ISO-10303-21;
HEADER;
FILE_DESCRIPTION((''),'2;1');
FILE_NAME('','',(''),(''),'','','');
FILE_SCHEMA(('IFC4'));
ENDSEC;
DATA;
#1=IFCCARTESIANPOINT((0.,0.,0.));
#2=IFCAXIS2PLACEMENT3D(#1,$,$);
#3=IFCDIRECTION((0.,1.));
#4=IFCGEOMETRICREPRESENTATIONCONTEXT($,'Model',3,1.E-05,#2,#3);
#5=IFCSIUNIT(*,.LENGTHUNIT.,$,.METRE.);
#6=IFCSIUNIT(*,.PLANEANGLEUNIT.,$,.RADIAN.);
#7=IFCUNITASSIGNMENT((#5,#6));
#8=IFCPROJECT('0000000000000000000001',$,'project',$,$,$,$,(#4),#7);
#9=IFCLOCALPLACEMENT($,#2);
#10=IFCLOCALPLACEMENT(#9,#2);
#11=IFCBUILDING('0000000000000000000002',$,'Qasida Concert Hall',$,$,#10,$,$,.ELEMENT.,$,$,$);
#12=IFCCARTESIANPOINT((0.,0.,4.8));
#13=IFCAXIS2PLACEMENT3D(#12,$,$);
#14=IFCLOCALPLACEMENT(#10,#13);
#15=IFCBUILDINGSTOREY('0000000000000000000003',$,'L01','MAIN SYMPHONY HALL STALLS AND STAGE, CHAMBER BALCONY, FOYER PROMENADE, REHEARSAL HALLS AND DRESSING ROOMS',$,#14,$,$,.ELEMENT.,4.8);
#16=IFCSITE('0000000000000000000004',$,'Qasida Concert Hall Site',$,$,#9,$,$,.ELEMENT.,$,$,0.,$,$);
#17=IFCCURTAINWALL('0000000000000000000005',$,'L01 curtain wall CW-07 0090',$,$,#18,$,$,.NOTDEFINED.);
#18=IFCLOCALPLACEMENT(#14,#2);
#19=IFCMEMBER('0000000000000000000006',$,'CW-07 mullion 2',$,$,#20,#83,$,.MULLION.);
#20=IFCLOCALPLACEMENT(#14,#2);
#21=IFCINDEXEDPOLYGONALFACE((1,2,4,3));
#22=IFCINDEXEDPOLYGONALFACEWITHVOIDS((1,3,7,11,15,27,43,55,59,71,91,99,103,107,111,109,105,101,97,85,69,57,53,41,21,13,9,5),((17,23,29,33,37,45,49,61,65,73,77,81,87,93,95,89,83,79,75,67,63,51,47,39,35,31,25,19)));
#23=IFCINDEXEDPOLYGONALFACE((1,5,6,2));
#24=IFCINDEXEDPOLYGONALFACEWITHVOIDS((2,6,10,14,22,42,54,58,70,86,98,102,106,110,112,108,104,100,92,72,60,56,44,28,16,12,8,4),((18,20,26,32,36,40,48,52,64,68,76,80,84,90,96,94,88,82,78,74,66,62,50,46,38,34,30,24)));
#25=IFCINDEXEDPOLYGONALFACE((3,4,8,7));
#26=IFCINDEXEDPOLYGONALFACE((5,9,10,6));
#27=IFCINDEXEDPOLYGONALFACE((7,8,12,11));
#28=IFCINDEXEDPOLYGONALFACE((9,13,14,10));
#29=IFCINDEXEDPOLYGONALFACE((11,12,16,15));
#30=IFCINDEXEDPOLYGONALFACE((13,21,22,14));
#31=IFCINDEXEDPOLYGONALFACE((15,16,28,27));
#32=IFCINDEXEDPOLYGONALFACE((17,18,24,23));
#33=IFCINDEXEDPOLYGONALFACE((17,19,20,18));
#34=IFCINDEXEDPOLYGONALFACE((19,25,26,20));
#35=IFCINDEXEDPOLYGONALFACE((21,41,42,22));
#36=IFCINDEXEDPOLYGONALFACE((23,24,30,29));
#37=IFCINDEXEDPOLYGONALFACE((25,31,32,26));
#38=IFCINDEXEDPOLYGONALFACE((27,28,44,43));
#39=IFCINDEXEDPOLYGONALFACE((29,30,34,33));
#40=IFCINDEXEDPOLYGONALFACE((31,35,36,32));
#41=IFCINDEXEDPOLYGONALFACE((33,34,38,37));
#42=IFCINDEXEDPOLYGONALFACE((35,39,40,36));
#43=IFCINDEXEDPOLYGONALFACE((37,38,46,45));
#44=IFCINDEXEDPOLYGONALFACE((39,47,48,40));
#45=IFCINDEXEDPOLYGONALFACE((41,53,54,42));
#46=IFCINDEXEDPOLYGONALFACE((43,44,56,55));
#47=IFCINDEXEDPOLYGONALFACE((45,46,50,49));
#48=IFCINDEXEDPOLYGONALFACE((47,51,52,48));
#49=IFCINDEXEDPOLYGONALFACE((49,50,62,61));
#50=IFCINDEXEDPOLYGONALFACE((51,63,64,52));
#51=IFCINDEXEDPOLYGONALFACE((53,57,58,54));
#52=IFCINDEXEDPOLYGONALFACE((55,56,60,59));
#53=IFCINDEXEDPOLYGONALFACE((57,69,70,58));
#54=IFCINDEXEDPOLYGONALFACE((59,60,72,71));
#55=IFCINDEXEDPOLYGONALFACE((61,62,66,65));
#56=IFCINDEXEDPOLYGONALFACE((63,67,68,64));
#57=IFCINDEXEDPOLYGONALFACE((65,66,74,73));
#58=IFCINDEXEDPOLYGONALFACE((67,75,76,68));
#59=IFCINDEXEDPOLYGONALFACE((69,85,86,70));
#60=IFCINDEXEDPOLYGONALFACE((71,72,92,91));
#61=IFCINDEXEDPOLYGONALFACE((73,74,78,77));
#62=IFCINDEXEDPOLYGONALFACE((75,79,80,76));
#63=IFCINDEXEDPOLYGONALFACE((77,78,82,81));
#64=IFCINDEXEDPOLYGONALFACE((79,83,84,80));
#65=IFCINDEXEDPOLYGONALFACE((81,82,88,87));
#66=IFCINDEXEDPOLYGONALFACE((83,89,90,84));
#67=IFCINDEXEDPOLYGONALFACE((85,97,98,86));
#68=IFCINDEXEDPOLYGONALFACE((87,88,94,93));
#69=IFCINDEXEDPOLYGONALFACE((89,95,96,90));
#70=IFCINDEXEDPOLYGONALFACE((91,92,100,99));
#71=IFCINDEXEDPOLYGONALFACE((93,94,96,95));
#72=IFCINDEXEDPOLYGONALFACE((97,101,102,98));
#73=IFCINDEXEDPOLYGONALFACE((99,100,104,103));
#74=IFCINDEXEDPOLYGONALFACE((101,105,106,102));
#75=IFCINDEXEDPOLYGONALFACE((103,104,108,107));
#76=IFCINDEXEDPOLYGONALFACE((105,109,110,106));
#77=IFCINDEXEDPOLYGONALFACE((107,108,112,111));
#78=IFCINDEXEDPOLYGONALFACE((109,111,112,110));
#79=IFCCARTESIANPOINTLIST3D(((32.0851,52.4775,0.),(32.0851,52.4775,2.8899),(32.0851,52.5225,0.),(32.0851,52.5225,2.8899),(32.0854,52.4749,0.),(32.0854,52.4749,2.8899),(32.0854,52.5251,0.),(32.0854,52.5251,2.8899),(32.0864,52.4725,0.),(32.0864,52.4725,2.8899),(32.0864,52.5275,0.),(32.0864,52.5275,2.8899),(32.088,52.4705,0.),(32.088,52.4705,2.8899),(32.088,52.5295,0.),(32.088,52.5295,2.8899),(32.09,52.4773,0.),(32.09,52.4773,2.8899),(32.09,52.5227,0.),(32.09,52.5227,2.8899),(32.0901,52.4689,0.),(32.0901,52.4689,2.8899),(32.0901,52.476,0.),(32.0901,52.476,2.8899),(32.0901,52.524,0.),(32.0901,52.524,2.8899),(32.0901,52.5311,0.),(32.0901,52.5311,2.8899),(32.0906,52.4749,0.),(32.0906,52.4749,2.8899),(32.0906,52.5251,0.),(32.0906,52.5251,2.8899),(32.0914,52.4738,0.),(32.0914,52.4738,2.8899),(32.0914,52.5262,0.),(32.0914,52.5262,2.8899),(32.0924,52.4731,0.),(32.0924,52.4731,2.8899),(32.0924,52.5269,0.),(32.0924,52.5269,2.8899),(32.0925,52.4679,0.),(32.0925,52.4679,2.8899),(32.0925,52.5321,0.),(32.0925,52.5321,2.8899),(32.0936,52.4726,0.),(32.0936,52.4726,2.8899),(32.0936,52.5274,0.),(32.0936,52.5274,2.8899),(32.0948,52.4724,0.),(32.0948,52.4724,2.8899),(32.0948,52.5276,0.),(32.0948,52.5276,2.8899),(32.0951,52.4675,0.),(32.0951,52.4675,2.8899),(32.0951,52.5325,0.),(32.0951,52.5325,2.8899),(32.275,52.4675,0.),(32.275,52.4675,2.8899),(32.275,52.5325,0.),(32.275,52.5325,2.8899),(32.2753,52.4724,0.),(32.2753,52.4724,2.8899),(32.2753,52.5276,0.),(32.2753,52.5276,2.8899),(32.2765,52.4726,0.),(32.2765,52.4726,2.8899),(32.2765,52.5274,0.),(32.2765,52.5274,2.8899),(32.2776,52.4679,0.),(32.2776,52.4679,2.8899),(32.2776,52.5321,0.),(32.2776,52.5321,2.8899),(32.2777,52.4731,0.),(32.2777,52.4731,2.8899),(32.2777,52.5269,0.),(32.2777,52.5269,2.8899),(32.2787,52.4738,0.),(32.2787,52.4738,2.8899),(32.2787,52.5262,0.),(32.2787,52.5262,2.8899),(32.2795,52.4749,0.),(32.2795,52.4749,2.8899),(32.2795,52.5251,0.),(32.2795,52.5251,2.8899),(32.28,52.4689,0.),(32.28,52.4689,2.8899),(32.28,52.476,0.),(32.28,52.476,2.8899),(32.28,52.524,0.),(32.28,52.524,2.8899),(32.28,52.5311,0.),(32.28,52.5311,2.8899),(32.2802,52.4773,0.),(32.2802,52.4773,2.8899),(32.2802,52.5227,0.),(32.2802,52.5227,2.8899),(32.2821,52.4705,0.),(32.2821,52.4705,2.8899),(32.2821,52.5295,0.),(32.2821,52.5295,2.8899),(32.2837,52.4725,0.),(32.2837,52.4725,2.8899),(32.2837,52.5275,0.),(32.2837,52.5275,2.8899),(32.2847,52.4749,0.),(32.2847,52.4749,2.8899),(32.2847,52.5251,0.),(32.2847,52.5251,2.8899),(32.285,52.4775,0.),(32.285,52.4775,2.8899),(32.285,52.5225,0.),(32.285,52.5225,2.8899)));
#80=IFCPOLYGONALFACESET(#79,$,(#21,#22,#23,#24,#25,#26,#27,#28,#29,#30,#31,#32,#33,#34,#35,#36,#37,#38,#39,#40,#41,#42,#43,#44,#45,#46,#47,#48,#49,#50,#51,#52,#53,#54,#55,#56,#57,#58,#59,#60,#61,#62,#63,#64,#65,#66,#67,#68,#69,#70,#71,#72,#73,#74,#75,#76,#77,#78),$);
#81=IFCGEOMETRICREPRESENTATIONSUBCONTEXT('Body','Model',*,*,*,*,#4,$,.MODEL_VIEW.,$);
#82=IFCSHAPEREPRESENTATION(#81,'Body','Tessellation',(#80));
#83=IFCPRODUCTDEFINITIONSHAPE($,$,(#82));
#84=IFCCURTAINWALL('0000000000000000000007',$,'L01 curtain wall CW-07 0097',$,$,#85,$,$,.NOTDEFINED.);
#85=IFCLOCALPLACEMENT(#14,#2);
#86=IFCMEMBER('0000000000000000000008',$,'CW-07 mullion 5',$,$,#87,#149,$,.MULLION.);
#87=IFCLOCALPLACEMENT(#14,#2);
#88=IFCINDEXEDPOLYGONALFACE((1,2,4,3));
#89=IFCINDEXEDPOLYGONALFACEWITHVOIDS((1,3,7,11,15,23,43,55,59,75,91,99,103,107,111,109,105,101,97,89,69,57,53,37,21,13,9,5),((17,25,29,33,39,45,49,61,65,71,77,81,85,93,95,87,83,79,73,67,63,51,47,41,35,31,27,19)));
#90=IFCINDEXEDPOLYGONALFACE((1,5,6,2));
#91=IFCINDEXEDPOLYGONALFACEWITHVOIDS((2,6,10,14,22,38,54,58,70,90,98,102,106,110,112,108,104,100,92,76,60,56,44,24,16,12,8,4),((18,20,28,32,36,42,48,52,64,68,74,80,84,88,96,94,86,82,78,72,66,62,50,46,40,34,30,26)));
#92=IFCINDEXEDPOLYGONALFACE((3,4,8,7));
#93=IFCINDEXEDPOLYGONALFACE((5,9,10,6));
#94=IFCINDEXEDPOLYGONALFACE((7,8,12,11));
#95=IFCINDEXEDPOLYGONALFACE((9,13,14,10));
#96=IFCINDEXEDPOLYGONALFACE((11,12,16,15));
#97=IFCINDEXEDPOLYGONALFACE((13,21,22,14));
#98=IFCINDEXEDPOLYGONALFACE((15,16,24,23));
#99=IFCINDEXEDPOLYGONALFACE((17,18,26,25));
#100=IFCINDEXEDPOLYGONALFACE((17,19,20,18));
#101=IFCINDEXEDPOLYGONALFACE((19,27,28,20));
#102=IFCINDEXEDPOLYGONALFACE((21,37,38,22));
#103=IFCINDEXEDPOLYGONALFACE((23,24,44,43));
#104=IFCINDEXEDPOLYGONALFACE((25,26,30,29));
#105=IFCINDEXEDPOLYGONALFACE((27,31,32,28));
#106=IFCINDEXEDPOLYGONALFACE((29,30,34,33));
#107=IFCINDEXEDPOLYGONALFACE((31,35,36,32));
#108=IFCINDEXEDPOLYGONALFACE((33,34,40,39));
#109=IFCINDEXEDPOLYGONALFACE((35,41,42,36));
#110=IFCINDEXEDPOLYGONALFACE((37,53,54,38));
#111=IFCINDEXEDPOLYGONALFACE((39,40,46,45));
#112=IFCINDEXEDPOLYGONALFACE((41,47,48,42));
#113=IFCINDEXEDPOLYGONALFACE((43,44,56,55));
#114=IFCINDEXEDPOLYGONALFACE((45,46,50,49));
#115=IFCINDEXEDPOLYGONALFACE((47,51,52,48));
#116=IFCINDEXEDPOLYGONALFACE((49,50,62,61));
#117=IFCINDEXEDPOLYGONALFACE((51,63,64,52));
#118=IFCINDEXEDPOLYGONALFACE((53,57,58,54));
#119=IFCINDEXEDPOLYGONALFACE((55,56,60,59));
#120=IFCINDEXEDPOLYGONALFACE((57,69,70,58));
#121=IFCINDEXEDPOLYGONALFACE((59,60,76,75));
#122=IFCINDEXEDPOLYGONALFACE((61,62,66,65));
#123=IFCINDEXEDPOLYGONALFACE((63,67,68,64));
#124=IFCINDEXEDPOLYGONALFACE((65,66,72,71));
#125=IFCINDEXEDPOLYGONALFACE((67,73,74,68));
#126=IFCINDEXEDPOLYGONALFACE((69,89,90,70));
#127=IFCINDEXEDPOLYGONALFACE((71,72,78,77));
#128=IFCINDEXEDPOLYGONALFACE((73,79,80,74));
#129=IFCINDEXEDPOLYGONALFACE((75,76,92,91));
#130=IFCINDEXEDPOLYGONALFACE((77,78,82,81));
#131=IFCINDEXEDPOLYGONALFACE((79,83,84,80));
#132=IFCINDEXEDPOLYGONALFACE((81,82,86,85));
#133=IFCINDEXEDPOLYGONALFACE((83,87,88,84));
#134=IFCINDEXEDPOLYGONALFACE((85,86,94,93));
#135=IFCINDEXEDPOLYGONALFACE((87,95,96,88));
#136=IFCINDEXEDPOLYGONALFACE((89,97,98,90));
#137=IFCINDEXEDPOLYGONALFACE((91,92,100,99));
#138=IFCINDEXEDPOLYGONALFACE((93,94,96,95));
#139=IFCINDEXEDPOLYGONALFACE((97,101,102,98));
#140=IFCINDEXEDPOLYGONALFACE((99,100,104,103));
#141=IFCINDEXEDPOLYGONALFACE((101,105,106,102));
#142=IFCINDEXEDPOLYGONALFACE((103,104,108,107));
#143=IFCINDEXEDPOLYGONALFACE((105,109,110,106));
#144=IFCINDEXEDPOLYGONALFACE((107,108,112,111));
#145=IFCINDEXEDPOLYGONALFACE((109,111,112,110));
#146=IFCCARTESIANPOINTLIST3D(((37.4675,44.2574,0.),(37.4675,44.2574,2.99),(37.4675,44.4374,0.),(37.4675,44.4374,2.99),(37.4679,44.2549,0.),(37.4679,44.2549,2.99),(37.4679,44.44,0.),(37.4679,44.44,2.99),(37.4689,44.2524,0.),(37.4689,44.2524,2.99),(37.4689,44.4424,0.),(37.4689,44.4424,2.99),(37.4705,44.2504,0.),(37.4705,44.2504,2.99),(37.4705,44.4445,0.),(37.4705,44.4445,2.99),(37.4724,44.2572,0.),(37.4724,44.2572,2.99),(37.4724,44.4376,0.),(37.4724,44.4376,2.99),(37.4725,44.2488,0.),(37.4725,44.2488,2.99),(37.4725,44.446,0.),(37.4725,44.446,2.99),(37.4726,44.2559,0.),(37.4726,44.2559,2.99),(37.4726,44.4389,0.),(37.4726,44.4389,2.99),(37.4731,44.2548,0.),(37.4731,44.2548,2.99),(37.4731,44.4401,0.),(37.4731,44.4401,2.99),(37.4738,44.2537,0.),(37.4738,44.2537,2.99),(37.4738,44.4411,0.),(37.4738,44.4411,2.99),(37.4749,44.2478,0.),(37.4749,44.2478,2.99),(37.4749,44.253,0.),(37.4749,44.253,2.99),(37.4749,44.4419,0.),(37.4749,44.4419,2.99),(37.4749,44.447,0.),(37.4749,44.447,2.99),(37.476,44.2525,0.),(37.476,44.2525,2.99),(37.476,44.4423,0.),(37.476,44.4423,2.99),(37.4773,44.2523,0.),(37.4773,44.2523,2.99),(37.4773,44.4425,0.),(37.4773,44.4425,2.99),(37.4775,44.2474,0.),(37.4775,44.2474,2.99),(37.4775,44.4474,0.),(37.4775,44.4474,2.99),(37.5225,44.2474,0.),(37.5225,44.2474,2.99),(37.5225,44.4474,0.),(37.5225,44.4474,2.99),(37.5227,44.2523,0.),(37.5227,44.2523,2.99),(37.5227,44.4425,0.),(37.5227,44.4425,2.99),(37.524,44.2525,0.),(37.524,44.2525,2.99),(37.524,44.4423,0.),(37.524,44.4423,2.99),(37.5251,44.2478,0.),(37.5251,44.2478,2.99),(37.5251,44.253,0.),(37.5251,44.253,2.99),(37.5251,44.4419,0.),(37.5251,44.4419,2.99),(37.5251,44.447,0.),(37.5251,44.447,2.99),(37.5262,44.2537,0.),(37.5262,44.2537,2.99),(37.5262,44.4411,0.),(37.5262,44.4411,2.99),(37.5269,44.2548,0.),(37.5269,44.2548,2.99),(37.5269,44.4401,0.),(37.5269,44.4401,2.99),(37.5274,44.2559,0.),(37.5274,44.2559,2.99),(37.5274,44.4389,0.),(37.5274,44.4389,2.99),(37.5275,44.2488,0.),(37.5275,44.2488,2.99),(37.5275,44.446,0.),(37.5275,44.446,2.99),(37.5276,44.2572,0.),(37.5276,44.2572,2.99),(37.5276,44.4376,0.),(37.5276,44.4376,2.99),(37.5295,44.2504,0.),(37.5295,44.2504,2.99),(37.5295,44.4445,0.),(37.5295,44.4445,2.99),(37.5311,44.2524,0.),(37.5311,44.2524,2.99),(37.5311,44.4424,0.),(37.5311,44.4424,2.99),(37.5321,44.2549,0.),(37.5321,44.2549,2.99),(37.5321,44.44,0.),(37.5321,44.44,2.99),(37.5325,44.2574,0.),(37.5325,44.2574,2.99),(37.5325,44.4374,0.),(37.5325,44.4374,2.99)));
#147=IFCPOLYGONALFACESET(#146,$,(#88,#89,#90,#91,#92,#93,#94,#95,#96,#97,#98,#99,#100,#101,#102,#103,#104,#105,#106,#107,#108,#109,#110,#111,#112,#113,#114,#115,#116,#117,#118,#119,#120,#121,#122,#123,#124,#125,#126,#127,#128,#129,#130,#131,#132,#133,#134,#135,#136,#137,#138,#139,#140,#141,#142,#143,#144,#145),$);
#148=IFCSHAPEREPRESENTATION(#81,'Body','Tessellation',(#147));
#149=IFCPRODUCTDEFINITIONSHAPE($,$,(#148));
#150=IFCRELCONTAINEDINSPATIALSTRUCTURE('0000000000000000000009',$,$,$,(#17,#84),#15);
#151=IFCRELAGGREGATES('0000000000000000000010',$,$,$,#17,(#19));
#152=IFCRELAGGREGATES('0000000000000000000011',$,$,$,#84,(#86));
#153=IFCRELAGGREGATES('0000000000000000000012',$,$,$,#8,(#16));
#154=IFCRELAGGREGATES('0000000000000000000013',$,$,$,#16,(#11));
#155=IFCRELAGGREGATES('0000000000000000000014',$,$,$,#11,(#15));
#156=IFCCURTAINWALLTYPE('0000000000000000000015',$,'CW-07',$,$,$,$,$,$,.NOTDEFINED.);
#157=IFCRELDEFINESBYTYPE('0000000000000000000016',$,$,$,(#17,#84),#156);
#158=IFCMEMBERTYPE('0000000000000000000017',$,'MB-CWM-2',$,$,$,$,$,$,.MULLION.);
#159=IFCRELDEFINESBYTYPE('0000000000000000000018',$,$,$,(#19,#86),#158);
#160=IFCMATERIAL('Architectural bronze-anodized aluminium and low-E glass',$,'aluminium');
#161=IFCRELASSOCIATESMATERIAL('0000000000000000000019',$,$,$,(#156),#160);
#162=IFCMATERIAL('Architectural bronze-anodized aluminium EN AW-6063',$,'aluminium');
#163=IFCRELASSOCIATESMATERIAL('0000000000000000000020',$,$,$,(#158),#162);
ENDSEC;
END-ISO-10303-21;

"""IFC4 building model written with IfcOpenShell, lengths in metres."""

from ifc_helpers import new_model, si_unit, direction, frame, origin, origin_2d, place, context, subcontext, project, spatial, hollow_rectangle, extrude, material, material_profile, profile_set, type_object, element, aggregate, save


model = new_model("IFC4")

# Units and contexts
model_context = context("Model", 3, precision=1e-05, world=origin(), true_north=direction((0.0, 1.0)))
body_context = subcontext(model_context, "Body", "Model", "MODEL_VIEW")
ifc_project = project(units=[si_unit("LENGTHUNIT", "METRE"), si_unit("PLANEANGLEUNIT", "RADIAN")], contexts=[model_context])

# Site, building, storey
site_placement = place(None, origin())
site = spatial("IfcSite", under=ifc_project, at=site_placement, Name="Qasida Concert Hall Site", CompositionType="ELEMENT", RefElevation=0.0)
building_placement = place(site_placement, origin())
building = spatial("IfcBuilding", under=site, at=building_placement, Name="Qasida Concert Hall", CompositionType="ELEMENT")
storey_placement = place(building_placement, frame((0.0, 0.0, 4.8)))
storey = spatial("IfcBuildingStorey", under=building, at=storey_placement, Name="L01", Description="MAIN SYMPHONY HALL STALLS AND STAGE, CHAMBER BALCONY, FOYER PROMENADE, REHEARSAL HALLS AND DRESSING ROOMS", CompositionType="ELEMENT", Elevation=4.8)

# Curtain wall, member
ifc_material_1 = material(Name="Architectural bronze-anodized aluminium and low-E glass", Category="aluminium")
curtain_wall_type = type_object("IfcCurtainWallType", Name="CW-07", PredefinedType="NOTDEFINED", material=ifc_material_1)
curtain_wall_1_placement = place(storey_placement, origin())
curtain_wall_1 = element("IfcCurtainWall", 1, at=curtain_wall_1_placement, inside=storey, type_object=curtain_wall_type, Name="L01 curtain wall CW-07 0090", PredefinedType="NOTDEFINED")
ifc_material_2 = material(Name="Architectural bronze-anodized aluminium EN AW-6063", Category="aluminium")
ifc_material_profile_1 = material_profile(ifc_material_2, hollow_rectangle(XDim=0.0649, YDim=0.2, WallThickness=0.0049, InnerFilletRadius=0.0049, OuterFilletRadius=0.01, at=origin_2d()), Name="CWM 200x65x5")
ifc_profile_set_1 = profile_set([ifc_material_profile_1], Name="Architectural bronze-anodized aluminium EN AW-6063")
member_type_1 = type_object("IfcMemberType", Name="MB-CWM-2", PredefinedType="MULLION", material=ifc_profile_set_1)
member_1_placement = place(storey_placement, frame((32.1851, 52.5, 0.0), z_axis=(0.0, 0.0, 1.0), x_axis=(0.0, 1.0, 0.0)))
member_1 = element("IfcMember", 2, at=member_1_placement, type_object=member_type_1, Name="CW-07 mullion 2", PredefinedType="MULLION", context=body_context, shape_type="SweptSolid", body=[
    extrude(hollow_rectangle(XDim=0.0649, YDim=0.2, WallThickness=0.0049, InnerFilletRadius=0.0049, OuterFilletRadius=0.01, at=origin_2d()), origin(), (0.0, 0.0, 1.0), 2.8899),
])

# Curtain wall, member
curtain_wall_2_placement = place(storey_placement, origin())
curtain_wall_2 = element("IfcCurtainWall", 3, at=curtain_wall_2_placement, inside=storey, type_object=curtain_wall_type, Name="L01 curtain wall CW-07 0097", PredefinedType="NOTDEFINED")
member_2_placement = place(storey_placement, frame((37.5, 44.3474, 0.0), z_axis=(0.0, 0.0, 1.0), x_axis=(-1.0, 0.0, 0.0)))
member_2 = element("IfcMember", 4, at=member_2_placement, type_object=member_type_1, Name="CW-07 mullion 5", PredefinedType="MULLION", context=body_context, shape_type="SweptSolid", body=[
    extrude(hollow_rectangle(XDim=0.0649, YDim=0.2, WallThickness=0.0049, InnerFilletRadius=0.0049, OuterFilletRadius=0.01, at=origin_2d()), origin(), (0.0, 0.0, 1.0), 2.99),
])

aggregate(curtain_wall_1, [member_1])
aggregate(curtain_wall_2, [member_2])

save(model, "model.ifc")
